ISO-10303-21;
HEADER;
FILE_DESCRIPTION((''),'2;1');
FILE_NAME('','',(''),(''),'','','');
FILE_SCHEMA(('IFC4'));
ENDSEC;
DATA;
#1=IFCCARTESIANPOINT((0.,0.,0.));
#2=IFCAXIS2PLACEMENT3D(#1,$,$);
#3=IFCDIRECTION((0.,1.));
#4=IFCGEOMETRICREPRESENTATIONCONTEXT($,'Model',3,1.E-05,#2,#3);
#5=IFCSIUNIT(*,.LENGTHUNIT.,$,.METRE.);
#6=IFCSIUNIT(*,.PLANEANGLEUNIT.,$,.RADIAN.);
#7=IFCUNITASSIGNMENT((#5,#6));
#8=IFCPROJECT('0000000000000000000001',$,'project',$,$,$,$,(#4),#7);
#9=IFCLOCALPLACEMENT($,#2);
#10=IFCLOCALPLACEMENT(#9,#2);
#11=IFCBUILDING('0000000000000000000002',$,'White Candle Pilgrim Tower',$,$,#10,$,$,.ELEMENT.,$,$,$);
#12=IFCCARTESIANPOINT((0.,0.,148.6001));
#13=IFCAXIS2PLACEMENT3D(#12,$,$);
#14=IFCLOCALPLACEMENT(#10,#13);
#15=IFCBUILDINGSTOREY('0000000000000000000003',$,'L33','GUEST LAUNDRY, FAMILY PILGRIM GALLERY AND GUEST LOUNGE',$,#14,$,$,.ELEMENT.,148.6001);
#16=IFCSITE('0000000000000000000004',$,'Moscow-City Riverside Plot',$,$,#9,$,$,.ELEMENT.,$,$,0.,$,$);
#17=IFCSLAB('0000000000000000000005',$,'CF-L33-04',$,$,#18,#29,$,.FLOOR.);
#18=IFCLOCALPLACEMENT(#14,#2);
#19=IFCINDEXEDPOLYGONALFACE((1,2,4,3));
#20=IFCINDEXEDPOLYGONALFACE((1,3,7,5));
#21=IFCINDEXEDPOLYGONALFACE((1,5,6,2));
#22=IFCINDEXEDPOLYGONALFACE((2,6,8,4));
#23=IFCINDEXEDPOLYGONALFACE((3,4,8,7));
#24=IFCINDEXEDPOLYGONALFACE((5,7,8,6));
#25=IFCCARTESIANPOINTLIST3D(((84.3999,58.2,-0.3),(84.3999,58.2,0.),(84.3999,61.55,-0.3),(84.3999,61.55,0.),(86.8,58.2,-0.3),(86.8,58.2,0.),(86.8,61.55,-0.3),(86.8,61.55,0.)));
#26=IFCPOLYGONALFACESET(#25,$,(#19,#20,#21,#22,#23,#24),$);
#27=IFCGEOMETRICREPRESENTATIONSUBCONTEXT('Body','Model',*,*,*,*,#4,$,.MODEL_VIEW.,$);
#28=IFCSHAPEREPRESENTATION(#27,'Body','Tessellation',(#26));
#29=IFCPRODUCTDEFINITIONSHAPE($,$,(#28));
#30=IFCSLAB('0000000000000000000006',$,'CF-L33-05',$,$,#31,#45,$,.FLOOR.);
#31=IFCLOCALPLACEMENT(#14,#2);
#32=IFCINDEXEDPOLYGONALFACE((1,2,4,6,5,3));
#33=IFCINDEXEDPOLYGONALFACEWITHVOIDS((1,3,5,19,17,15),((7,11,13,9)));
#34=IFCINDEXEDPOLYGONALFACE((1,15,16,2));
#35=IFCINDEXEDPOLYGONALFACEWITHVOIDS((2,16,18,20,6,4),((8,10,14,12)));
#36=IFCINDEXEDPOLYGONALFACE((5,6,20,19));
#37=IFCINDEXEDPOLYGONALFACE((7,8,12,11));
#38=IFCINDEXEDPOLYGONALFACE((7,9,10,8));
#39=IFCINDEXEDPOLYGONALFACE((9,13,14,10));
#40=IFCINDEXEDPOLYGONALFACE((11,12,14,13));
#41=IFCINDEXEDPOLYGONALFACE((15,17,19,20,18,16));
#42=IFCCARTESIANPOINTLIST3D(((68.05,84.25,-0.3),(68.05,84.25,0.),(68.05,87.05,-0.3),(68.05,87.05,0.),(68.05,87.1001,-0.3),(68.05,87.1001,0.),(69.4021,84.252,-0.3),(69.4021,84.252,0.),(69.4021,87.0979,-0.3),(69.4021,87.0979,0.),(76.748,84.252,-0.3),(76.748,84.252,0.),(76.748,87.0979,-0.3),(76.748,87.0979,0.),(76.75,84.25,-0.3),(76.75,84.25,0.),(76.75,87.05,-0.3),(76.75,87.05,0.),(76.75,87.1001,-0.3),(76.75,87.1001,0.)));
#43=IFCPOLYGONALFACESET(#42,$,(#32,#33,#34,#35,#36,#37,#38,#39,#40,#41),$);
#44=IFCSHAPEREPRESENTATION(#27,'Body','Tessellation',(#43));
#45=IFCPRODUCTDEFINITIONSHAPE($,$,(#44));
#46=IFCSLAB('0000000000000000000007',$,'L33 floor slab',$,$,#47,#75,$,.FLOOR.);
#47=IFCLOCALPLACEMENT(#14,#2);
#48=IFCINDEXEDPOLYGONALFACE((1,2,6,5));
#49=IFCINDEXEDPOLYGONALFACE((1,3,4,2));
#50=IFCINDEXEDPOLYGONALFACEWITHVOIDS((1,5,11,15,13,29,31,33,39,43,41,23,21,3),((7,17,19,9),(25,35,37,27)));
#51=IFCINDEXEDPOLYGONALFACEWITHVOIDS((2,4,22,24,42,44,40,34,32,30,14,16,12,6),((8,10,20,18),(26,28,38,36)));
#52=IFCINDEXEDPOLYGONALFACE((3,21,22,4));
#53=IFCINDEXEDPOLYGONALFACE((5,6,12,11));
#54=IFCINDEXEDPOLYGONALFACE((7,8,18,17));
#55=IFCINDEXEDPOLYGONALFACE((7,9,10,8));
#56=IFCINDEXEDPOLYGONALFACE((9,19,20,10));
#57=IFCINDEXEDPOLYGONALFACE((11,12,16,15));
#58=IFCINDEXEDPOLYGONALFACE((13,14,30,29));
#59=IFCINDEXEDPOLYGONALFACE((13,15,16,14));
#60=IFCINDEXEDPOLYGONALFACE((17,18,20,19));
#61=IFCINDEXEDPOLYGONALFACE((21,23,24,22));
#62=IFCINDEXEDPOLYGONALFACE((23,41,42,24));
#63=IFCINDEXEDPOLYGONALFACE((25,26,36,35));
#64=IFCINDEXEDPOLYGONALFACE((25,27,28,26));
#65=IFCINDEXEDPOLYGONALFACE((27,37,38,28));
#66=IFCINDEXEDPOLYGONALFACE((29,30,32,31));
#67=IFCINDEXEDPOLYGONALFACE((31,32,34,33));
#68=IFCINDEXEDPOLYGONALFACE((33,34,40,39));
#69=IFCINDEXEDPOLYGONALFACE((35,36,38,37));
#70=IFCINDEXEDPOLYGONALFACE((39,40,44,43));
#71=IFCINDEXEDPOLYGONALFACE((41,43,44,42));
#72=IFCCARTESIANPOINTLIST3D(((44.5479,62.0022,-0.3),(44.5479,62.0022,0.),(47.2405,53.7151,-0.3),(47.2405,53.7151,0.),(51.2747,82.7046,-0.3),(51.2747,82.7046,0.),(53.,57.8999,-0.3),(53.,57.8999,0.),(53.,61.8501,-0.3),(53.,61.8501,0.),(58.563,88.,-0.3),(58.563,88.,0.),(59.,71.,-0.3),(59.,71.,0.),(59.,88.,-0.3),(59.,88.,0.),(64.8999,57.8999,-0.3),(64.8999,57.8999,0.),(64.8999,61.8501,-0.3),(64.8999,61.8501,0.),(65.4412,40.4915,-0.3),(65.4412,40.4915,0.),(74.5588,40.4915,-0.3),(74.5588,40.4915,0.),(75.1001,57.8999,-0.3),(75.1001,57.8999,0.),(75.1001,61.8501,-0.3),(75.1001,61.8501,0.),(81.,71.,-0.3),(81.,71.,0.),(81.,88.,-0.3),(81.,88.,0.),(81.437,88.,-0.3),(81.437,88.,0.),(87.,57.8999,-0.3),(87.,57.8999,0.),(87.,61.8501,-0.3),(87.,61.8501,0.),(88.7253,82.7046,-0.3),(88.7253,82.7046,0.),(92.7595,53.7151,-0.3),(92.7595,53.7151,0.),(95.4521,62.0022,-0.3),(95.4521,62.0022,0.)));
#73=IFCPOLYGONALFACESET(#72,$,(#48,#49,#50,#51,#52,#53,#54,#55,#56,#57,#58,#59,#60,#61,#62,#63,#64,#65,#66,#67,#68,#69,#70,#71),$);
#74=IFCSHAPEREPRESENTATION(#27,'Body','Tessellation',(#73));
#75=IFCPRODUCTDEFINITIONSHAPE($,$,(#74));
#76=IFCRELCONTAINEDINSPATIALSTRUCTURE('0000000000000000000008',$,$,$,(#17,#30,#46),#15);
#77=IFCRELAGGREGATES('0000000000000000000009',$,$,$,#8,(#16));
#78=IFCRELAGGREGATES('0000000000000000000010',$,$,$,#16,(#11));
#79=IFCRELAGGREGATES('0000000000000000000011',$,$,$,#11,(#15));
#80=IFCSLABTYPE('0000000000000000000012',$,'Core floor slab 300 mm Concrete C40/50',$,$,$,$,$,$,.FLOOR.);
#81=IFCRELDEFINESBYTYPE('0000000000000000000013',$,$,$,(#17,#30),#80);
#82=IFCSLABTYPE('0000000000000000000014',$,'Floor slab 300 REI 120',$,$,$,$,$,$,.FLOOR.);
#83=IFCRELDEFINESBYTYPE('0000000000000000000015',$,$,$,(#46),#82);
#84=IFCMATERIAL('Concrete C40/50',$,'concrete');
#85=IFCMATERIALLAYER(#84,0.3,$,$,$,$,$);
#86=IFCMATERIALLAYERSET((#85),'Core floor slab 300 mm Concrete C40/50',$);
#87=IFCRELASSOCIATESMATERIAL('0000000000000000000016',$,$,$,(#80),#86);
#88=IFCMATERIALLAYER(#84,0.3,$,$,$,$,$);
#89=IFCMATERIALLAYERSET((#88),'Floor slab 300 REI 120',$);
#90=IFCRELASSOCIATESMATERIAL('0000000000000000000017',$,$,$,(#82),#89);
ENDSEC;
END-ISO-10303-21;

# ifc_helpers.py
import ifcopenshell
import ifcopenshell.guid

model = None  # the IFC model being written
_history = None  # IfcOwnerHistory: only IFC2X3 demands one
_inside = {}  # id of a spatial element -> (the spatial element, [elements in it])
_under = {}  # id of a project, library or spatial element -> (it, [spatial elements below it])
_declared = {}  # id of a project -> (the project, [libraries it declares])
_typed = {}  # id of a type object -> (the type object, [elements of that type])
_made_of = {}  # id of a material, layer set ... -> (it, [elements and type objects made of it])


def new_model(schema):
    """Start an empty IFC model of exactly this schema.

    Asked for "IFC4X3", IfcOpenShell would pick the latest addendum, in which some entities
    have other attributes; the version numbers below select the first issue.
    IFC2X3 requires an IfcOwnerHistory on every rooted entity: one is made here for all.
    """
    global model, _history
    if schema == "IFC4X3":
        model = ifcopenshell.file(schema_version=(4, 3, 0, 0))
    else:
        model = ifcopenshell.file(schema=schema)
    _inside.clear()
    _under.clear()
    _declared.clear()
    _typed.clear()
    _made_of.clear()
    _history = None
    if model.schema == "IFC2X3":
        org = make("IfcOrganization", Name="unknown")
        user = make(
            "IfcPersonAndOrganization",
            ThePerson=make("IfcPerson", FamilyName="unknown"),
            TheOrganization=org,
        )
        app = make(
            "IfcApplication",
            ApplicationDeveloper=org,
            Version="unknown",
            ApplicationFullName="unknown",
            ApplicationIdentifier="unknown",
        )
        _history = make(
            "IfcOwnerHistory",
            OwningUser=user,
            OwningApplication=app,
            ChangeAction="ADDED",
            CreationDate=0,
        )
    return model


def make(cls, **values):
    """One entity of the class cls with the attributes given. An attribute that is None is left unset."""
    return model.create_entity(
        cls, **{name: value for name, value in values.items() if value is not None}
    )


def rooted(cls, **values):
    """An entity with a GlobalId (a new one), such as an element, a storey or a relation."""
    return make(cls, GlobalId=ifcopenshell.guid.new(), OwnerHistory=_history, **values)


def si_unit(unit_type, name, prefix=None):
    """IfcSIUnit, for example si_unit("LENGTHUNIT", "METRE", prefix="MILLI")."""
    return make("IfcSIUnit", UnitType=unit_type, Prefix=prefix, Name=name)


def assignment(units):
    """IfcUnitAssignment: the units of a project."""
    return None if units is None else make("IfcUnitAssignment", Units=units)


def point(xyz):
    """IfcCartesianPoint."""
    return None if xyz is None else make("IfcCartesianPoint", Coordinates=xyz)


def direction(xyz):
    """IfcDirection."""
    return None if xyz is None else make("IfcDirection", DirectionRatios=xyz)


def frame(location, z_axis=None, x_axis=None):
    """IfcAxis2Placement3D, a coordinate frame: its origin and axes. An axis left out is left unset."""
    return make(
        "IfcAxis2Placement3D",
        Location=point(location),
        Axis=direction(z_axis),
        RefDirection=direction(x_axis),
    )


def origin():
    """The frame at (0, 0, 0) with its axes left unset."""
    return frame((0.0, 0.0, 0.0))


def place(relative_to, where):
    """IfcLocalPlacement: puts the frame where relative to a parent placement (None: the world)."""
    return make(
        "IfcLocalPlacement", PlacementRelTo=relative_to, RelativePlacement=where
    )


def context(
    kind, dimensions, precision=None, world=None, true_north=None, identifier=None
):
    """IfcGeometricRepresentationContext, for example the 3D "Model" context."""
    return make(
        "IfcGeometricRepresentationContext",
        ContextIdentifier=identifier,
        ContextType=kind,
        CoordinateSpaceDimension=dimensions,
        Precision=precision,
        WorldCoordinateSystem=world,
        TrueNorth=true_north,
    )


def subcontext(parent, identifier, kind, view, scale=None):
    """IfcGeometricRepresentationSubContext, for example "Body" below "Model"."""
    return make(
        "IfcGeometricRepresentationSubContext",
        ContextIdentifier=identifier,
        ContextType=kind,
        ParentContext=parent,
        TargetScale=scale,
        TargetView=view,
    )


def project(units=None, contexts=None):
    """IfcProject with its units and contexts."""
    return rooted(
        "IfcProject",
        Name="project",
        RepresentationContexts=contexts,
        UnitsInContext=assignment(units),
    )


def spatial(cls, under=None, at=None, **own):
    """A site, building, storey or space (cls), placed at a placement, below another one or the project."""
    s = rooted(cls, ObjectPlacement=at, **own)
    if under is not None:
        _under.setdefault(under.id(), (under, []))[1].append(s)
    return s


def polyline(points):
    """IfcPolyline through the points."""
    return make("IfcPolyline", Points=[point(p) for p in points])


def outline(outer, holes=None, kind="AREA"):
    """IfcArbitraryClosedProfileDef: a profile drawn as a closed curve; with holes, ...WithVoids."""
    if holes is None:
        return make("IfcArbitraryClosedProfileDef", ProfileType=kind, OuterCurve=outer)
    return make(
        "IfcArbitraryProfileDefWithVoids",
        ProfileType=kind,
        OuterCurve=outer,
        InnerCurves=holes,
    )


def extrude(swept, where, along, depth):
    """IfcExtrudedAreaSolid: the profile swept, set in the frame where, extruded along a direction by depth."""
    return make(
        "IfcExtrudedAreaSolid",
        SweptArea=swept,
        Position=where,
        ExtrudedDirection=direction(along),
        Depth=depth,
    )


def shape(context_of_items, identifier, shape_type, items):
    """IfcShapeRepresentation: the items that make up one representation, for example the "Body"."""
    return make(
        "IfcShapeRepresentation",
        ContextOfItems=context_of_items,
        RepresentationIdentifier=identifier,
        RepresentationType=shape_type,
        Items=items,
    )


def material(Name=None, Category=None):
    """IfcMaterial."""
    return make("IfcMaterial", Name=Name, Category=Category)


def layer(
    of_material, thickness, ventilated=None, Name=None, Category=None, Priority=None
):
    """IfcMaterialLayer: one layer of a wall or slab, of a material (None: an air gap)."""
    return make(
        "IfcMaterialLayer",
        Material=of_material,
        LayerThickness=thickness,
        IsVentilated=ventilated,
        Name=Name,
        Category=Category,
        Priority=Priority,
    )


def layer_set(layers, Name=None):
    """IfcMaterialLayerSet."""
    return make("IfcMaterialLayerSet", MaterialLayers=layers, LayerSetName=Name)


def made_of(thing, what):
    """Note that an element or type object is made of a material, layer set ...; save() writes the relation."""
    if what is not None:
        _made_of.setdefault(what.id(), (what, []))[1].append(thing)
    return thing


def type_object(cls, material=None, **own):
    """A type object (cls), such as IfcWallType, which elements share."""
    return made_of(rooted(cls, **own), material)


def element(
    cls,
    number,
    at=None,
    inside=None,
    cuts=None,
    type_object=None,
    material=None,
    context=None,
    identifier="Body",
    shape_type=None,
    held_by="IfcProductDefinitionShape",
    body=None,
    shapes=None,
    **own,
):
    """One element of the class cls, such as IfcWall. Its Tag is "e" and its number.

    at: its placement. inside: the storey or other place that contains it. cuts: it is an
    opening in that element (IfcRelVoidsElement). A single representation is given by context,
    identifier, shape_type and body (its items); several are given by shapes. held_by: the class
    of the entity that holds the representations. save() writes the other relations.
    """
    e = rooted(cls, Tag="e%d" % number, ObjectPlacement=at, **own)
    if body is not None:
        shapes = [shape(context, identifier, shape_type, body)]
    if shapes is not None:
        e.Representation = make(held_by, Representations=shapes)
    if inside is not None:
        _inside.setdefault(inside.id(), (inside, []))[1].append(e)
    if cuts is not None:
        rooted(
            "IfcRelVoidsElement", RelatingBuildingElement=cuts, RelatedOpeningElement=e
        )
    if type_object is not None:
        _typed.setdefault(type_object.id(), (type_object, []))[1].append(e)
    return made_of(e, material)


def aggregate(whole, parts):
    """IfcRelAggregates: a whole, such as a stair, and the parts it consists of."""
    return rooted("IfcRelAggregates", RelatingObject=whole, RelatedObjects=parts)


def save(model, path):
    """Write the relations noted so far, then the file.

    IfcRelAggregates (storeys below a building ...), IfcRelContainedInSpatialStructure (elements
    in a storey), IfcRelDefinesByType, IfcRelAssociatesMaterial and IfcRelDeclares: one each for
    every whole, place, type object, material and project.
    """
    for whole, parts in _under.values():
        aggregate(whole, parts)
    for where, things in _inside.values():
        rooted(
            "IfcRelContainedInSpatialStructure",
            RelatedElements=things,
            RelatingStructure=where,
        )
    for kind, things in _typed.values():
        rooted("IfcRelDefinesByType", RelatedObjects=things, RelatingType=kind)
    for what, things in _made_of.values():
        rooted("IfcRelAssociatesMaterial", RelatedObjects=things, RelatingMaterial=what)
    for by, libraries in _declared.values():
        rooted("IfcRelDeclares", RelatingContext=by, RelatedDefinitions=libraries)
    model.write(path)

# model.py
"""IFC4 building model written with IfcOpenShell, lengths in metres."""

from ifc_helpers import new_model, si_unit, direction, frame, origin, place, context, subcontext, project, spatial, polyline, outline, extrude, material, layer, layer_set, type_object, element, save


model = new_model("IFC4")

# Units and contexts
model_context = context("Model", 3, precision=1e-05, world=origin(), true_north=direction((0.0, 1.0)))
body_context = subcontext(model_context, "Body", "Model", "MODEL_VIEW")
ifc_project = project(units=[si_unit("LENGTHUNIT", "METRE"), si_unit("PLANEANGLEUNIT", "RADIAN")], contexts=[model_context])

# Site, building, storey
site_placement = place(None, origin())
site = spatial("IfcSite", under=ifc_project, at=site_placement, Name="Moscow-City Riverside Plot", CompositionType="ELEMENT", RefElevation=0.0)
building_placement = place(site_placement, origin())
building = spatial("IfcBuilding", under=site, at=building_placement, Name="White Candle Pilgrim Tower", CompositionType="ELEMENT")
storey_placement = place(building_placement, frame((0.0, 0.0, 148.6001)))
storey = spatial("IfcBuildingStorey", under=building, at=storey_placement, Name="L33", Description="GUEST LAUNDRY, FAMILY PILGRIM GALLERY AND GUEST LOUNGE", CompositionType="ELEMENT", Elevation=148.6001)

# Slabs
ifc_material_1 = material(Name="Concrete C40/50", Category="concrete")
ifc_layer_1 = layer(ifc_material_1, 0.3)
ifc_layer_set_1 = layer_set([ifc_layer_1], Name="Core floor slab 300 mm Concrete C40/50")
slab_type_1 = type_object("IfcSlabType", Name="Core floor slab 300 mm Concrete C40/50", PredefinedType="FLOOR", material=ifc_layer_set_1)
slab_1_placement = place(storey_placement, frame((0.0, 0.0, -0.3)))
element("IfcSlab", 1, at=slab_1_placement, inside=storey, type_object=slab_type_1, Name="CF-L33-04", PredefinedType="FLOOR", context=body_context, shape_type="SweptSolid", body=[
    extrude(outline(polyline([(86.8, 58.2), (84.3999, 58.2), (84.3999, 61.55), (86.8, 61.55), (86.8, 58.2)])), origin(), (0.0, 0.0, 1.0), 0.3),
])
slab_2_placement = place(storey_placement, frame((0.0, 0.0, -0.3)))
element("IfcSlab", 2, at=slab_2_placement, inside=storey, type_object=slab_type_1, Name="CF-L33-05", PredefinedType="FLOOR", context=body_context, shape_type="SweptSolid", body=[
    extrude(outline(polyline([(76.75, 87.1001), (76.75, 87.05), (76.75, 84.25), (68.05, 84.25), (68.05, 87.05), (68.05, 87.1001), (76.75, 87.1001)]), holes=[polyline([(69.4021, 87.0979), (69.4021, 84.252), (76.748, 84.252), (76.748, 87.0979), (69.4021, 87.0979)])]), origin(), (0.0, 0.0, 1.0), 0.3),
])
ifc_layer_2 = layer(ifc_material_1, 0.3)
ifc_layer_set_2 = layer_set([ifc_layer_2], Name="Floor slab 300 REI 120")
slab_type_2 = type_object("IfcSlabType", Name="Floor slab 300 REI 120", PredefinedType="FLOOR", material=ifc_layer_set_2)
slab_3_placement = place(storey_placement, frame((0.0, 0.0, -0.3)))
element("IfcSlab", 3, at=slab_3_placement, inside=storey, type_object=slab_type_2, Name="L33 floor slab", PredefinedType="FLOOR", context=body_context, shape_type="SweptSolid", body=[
    extrude(outline(polyline([(65.4412, 40.4915), (74.5588, 40.4915), (92.7595, 53.7151), (95.4521, 62.0022), (88.7253, 82.7046), (81.437, 88.0), (81.0, 88.0), (81.0, 71.0), (59.0, 71.0), (59.0, 88.0), (58.563, 88.0), (51.2747, 82.7046), (44.5479, 62.0022), (47.2405, 53.7151), (65.4412, 40.4915)]), holes=[polyline([(53.0, 57.8999), (53.0, 61.8501), (64.8999, 61.8501), (64.8999, 57.8999), (53.0, 57.8999)]), polyline([(75.1001, 57.8999), (75.1001, 61.8501), (87.0, 61.8501), (87.0, 57.8999), (75.1001, 57.8999)])]), origin(), (0.0, 0.0, 1.0), 0.3),
])

save(model, "model.ifc")
